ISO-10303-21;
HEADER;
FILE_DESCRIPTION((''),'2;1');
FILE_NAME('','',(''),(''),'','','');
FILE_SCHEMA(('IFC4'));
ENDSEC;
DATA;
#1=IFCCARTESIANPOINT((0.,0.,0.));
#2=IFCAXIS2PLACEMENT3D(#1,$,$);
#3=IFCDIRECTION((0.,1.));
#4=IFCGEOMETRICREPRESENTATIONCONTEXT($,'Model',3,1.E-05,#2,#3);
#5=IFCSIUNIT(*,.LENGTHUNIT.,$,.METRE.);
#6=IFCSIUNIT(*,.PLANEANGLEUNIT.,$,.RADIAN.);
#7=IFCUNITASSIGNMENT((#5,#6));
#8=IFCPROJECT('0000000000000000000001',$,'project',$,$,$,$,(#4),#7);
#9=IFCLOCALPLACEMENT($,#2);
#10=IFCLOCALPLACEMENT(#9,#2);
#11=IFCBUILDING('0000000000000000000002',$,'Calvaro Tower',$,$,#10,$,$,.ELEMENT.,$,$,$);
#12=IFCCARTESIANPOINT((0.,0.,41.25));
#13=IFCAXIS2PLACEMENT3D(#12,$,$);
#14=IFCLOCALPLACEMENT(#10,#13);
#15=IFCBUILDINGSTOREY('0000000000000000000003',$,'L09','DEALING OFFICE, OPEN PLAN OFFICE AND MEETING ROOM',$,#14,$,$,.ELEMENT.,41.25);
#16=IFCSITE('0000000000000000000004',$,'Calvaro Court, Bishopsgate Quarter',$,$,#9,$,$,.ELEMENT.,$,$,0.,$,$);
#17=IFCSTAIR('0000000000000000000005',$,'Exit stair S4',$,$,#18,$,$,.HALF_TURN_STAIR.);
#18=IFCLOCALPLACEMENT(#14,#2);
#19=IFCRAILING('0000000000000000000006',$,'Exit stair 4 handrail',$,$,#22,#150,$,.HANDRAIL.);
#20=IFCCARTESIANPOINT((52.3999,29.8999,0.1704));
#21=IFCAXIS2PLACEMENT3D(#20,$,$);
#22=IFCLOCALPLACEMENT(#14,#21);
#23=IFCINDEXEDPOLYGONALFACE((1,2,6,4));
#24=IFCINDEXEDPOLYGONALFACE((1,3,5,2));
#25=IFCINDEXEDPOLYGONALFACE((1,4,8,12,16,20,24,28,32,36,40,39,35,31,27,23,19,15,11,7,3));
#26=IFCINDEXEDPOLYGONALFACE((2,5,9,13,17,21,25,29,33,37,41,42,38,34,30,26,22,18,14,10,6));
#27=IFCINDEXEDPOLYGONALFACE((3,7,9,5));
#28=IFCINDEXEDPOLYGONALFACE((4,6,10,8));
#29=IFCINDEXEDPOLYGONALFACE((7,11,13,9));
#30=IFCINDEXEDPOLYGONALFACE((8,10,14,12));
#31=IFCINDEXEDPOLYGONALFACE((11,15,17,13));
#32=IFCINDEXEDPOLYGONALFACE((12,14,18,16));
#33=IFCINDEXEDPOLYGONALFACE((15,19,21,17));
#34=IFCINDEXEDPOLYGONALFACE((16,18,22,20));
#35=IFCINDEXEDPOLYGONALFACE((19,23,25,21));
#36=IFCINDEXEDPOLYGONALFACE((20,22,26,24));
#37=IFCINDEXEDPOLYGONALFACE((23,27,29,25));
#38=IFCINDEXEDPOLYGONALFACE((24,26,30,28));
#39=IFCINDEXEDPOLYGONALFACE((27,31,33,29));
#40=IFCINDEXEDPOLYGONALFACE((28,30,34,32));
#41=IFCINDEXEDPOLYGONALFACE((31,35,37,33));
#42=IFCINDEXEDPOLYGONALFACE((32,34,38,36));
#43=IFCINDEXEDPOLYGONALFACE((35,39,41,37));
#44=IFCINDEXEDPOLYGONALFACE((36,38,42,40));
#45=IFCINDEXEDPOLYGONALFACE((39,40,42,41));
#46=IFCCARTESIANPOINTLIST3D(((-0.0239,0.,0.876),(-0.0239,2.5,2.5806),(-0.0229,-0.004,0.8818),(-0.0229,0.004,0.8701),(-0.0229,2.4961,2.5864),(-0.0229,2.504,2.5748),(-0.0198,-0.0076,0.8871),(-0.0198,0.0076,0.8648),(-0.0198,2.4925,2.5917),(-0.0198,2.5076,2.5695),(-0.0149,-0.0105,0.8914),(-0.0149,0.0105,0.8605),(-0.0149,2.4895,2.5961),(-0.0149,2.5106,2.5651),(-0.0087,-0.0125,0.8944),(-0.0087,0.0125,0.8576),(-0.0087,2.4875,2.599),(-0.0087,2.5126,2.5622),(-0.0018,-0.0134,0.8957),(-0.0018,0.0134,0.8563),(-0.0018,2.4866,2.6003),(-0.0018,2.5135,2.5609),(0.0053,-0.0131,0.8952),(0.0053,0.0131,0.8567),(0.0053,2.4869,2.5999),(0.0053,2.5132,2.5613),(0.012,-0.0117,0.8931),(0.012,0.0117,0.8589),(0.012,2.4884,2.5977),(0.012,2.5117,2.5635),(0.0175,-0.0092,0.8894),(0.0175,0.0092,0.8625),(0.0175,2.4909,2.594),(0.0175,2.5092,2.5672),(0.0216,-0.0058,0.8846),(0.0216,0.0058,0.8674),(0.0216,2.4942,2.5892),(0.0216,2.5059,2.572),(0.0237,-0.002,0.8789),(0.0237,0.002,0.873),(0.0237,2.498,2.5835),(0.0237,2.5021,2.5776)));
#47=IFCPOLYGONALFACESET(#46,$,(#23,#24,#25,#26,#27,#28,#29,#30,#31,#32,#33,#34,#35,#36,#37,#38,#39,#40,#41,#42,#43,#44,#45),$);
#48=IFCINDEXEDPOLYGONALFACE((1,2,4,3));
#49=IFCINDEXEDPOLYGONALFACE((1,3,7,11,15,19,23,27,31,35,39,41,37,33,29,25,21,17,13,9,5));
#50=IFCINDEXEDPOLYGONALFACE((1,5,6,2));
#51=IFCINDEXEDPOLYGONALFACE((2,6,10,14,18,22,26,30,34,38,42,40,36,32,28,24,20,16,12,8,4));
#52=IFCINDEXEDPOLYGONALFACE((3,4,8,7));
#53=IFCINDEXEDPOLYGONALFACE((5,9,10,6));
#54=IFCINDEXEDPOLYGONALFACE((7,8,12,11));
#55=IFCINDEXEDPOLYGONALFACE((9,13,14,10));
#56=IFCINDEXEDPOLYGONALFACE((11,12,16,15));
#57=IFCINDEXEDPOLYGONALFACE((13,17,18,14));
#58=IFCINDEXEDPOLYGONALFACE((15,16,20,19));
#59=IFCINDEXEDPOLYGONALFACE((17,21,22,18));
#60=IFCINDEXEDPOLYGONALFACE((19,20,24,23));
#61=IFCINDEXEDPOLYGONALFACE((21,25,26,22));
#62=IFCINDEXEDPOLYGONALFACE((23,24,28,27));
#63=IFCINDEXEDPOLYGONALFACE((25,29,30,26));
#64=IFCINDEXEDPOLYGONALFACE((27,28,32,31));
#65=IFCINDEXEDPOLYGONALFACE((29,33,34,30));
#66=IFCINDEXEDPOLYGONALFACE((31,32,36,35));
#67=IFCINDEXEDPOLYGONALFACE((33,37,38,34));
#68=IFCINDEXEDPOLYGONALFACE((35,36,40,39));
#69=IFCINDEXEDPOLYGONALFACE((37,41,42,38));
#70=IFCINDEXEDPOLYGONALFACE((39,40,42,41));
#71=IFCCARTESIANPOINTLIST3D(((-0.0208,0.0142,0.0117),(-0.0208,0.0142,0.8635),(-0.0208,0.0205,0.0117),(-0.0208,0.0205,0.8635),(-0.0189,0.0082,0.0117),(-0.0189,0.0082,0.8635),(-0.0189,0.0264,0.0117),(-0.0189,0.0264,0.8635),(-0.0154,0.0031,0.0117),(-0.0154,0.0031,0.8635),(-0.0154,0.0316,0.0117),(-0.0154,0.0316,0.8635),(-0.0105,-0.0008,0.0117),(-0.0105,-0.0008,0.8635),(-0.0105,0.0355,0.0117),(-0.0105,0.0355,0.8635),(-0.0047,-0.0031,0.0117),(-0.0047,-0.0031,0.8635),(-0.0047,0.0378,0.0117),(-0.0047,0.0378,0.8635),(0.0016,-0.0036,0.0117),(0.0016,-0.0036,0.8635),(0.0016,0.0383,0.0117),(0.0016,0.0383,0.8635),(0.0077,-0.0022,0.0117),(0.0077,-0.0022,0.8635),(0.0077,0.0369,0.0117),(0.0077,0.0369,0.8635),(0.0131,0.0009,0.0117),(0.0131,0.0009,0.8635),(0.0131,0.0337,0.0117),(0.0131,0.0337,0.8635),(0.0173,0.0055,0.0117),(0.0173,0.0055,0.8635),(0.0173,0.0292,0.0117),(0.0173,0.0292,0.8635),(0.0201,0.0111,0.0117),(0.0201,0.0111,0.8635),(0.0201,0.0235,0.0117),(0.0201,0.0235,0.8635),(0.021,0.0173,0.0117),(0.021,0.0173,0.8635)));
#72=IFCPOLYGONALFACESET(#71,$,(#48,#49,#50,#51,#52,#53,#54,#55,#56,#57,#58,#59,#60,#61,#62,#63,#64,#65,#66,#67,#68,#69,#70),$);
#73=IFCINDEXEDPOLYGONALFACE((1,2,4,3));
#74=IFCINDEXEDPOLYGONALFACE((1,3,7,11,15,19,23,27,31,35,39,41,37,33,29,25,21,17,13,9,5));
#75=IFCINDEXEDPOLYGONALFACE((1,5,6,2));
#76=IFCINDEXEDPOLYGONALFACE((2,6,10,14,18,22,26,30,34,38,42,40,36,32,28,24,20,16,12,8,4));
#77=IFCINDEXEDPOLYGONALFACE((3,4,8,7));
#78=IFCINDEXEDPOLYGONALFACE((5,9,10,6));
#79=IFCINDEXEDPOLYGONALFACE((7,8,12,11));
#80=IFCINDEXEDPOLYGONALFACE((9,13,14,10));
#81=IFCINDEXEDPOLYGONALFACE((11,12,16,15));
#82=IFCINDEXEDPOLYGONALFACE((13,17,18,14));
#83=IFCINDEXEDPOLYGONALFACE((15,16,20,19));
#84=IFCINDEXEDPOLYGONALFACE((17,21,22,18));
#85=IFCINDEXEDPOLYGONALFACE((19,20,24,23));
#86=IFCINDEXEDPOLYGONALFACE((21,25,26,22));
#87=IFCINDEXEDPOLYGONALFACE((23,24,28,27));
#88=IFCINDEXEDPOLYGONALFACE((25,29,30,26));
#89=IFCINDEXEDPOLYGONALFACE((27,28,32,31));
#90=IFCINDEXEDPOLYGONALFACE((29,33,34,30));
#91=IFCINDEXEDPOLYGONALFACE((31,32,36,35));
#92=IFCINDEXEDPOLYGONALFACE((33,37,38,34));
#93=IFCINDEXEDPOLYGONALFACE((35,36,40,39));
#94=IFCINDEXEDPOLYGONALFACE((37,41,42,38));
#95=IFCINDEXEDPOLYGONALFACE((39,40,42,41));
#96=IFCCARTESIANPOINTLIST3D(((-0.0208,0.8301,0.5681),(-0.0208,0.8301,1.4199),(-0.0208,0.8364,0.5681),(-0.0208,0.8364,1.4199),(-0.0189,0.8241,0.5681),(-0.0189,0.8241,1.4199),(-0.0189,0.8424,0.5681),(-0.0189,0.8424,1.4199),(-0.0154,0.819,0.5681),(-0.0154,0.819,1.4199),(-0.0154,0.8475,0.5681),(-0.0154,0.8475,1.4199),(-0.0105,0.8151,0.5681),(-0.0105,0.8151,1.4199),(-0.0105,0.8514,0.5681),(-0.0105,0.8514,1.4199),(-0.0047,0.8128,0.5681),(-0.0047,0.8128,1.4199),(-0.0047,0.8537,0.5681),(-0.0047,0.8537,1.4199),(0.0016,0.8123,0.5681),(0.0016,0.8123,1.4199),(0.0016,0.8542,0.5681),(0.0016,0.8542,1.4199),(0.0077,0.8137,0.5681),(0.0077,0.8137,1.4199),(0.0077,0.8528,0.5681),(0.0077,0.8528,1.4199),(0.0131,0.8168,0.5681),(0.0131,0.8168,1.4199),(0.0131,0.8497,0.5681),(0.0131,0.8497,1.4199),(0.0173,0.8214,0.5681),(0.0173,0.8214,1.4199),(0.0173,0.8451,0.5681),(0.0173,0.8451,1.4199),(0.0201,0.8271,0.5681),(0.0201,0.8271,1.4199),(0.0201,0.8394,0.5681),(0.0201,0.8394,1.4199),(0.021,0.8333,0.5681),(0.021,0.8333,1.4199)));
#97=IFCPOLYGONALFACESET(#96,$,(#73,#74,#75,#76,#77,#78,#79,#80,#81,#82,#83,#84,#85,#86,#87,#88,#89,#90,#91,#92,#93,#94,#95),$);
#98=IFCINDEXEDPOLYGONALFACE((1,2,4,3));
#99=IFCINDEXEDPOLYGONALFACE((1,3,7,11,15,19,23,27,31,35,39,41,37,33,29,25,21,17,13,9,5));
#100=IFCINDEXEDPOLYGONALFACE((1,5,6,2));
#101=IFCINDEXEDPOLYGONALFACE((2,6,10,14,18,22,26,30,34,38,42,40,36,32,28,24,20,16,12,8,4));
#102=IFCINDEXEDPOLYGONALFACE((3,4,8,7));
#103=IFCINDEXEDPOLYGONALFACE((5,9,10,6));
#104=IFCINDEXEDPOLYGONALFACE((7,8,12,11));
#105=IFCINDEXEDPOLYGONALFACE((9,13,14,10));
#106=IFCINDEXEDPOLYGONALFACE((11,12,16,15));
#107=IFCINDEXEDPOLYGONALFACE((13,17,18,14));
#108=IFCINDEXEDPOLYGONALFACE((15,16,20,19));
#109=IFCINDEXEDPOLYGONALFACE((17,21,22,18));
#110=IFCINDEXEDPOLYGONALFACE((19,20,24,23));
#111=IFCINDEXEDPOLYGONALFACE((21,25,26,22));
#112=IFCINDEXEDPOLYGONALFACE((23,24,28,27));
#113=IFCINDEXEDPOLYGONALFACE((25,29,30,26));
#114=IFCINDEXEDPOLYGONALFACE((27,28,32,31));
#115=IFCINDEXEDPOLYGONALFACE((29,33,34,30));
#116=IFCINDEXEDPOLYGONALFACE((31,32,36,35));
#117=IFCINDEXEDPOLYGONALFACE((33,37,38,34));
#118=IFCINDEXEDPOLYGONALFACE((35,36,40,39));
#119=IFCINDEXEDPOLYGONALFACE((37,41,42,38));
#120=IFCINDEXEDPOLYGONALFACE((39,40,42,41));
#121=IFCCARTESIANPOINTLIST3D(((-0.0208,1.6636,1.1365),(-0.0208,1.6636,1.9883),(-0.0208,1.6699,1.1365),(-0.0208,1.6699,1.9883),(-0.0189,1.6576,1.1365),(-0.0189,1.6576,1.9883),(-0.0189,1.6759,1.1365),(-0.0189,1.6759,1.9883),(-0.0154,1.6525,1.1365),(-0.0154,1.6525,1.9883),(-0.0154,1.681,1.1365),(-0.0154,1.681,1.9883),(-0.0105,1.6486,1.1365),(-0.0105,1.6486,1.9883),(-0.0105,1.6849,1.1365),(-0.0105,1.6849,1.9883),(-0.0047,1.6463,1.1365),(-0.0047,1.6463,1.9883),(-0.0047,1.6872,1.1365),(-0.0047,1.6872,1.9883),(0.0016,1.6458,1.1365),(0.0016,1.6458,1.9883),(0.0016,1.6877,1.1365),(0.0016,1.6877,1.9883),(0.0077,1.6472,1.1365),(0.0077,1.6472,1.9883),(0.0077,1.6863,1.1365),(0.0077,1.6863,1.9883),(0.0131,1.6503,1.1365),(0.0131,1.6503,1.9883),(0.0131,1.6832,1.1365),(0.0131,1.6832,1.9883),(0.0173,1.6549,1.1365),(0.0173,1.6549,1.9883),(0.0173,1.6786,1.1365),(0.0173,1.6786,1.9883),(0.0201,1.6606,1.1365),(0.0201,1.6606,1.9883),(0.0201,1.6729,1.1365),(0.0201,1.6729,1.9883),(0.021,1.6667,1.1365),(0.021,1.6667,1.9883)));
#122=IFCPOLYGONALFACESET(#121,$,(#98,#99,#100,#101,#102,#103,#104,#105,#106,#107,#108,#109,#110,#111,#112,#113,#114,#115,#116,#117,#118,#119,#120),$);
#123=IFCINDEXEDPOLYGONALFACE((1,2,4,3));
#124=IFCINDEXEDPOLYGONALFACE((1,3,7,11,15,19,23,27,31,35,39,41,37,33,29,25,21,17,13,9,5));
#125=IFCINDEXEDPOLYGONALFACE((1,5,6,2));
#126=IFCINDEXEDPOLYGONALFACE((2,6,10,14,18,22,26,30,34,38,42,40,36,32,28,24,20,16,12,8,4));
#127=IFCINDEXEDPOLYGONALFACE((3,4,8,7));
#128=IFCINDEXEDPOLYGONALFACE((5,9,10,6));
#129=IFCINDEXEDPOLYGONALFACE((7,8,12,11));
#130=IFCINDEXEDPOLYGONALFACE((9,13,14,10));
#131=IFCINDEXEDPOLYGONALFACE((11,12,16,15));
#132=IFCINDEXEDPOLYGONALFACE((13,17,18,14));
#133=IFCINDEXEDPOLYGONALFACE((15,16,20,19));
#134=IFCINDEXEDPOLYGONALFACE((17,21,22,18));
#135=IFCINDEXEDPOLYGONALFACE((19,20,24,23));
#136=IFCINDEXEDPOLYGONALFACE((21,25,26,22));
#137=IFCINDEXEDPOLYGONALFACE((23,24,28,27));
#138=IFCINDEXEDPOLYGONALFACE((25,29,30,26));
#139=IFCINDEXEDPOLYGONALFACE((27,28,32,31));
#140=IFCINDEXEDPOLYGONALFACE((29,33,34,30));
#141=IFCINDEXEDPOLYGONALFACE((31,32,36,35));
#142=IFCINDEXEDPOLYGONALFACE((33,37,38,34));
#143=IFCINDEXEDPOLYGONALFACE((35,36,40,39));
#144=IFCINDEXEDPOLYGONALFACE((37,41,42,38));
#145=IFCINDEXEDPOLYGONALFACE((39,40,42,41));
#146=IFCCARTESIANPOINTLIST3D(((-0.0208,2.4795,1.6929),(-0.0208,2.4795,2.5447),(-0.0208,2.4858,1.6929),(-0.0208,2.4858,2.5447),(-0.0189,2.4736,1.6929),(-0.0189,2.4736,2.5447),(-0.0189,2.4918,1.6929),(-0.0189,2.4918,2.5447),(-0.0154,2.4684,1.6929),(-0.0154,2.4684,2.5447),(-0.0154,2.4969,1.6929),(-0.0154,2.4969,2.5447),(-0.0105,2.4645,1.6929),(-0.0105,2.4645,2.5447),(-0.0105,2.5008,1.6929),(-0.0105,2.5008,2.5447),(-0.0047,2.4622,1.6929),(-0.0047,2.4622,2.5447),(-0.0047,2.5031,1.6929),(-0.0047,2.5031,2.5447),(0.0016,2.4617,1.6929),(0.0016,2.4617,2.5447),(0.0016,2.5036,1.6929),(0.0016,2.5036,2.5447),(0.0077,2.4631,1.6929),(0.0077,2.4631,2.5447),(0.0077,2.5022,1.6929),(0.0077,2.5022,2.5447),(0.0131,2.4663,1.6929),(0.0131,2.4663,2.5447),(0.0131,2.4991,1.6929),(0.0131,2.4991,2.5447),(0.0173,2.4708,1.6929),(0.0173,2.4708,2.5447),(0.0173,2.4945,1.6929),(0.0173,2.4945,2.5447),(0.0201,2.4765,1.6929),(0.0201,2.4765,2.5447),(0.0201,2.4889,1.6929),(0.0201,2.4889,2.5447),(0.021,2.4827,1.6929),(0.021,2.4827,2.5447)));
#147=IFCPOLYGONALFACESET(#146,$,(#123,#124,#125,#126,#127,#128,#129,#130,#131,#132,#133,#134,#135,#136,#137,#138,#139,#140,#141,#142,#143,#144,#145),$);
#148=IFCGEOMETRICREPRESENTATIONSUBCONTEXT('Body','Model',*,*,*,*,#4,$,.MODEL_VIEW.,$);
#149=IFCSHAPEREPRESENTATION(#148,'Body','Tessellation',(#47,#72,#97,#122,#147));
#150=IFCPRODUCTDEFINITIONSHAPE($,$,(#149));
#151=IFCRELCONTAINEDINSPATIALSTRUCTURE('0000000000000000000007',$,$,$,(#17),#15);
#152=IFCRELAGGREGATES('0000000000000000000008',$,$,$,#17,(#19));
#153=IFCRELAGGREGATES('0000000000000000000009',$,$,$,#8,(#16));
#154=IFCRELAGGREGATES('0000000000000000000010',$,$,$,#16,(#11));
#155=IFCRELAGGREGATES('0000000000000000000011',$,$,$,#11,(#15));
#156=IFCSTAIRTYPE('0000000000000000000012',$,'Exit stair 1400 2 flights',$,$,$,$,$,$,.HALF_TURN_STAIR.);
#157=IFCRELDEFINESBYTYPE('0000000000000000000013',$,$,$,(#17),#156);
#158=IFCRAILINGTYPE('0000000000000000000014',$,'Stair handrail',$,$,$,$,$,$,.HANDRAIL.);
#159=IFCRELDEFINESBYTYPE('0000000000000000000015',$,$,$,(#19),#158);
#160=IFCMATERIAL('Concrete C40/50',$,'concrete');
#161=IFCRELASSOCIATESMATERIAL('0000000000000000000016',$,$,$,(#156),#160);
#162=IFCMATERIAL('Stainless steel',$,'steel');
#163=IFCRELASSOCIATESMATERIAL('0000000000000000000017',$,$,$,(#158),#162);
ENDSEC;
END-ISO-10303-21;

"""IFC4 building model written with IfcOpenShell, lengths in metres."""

from ifc_helpers import new_model, si_unit, direction, frame, origin, origin_2d, place, context, subcontext, project, spatial, circle, extrude, material, type_object, element, aggregate, save


model = new_model("IFC4")

# Units and contexts
model_context = context("Model", 3, precision=1e-05, world=origin(), true_north=direction((0.0, 1.0)))
body_context = subcontext(model_context, "Body", "Model", "MODEL_VIEW")
ifc_project = project(units=[si_unit("LENGTHUNIT", "METRE"), si_unit("PLANEANGLEUNIT", "RADIAN")], contexts=[model_context])

# Site, building, storey
site_placement = place(None, origin())
site = spatial("IfcSite", under=ifc_project, at=site_placement, Name="Calvaro Court, Bishopsgate Quarter", CompositionType="ELEMENT", RefElevation=0.0)
building_placement = place(site_placement, origin())
building = spatial("IfcBuilding", under=site, at=building_placement, Name="Calvaro Tower", CompositionType="ELEMENT")
storey_placement = place(building_placement, frame((0.0, 0.0, 41.25)))
storey = spatial("IfcBuildingStorey", under=building, at=storey_placement, Name="L09", Description="DEALING OFFICE, OPEN PLAN OFFICE AND MEETING ROOM", CompositionType="ELEMENT", Elevation=41.25)

# Shared definitions
ifc_material_1 = material(Name="Concrete C40/50", Category="concrete")
stair_type = type_object("IfcStairType", Name="Exit stair 1400 2 flights", PredefinedType="HALF_TURN_STAIR", material=ifc_material_1)

# Stair
stair_1_placement = place(storey_placement, origin())
stair_1 = element("IfcStair", 1, at=stair_1_placement, inside=storey, type_object=stair_type, Name="Exit stair S4", PredefinedType="HALF_TURN_STAIR")

# Railing
ifc_material_2 = material(Name="Stainless steel", Category="steel")
railing_type = type_object("IfcRailingType", Name="Stair handrail", PredefinedType="HANDRAIL", material=ifc_material_2)
railing_1_placement = place(storey_placement, frame((52.3999, 29.8999, 0.1704)))
railing_1 = element("IfcRailing", 2, at=railing_1_placement, type_object=railing_type, Name="Exit stair 4 handrail", PredefinedType="HANDRAIL", context=body_context, shape_type="SweptSolid", body=[
    extrude(circle(Radius=0.0239, at=origin_2d()), frame((0.0, 0.0, 0.876), z_axis=(0.0, 0.826221, 0.563347), x_axis=(-1.0, 0.0, 0.0)), (0.0, 0.0, 1.0), 3.0259),
    extrude(circle(Radius=0.021, at=origin_2d()), frame((0.0, 0.0173, 0.0117)), (0.0, 0.0, 1.0), 0.8518),
    extrude(circle(Radius=0.021, at=origin_2d()), frame((0.0, 0.8333, 0.5681)), (0.0, 0.0, 1.0), 0.8518),
    extrude(circle(Radius=0.021, at=origin_2d()), frame((0.0, 1.6667, 1.1365)), (0.0, 0.0, 1.0), 0.8518),
    extrude(circle(Radius=0.021, at=origin_2d()), frame((0.0, 2.4827, 1.6929)), (0.0, 0.0, 1.0), 0.8518),
])
aggregate(stair_1, [railing_1])

save(model, "model.ifc")
